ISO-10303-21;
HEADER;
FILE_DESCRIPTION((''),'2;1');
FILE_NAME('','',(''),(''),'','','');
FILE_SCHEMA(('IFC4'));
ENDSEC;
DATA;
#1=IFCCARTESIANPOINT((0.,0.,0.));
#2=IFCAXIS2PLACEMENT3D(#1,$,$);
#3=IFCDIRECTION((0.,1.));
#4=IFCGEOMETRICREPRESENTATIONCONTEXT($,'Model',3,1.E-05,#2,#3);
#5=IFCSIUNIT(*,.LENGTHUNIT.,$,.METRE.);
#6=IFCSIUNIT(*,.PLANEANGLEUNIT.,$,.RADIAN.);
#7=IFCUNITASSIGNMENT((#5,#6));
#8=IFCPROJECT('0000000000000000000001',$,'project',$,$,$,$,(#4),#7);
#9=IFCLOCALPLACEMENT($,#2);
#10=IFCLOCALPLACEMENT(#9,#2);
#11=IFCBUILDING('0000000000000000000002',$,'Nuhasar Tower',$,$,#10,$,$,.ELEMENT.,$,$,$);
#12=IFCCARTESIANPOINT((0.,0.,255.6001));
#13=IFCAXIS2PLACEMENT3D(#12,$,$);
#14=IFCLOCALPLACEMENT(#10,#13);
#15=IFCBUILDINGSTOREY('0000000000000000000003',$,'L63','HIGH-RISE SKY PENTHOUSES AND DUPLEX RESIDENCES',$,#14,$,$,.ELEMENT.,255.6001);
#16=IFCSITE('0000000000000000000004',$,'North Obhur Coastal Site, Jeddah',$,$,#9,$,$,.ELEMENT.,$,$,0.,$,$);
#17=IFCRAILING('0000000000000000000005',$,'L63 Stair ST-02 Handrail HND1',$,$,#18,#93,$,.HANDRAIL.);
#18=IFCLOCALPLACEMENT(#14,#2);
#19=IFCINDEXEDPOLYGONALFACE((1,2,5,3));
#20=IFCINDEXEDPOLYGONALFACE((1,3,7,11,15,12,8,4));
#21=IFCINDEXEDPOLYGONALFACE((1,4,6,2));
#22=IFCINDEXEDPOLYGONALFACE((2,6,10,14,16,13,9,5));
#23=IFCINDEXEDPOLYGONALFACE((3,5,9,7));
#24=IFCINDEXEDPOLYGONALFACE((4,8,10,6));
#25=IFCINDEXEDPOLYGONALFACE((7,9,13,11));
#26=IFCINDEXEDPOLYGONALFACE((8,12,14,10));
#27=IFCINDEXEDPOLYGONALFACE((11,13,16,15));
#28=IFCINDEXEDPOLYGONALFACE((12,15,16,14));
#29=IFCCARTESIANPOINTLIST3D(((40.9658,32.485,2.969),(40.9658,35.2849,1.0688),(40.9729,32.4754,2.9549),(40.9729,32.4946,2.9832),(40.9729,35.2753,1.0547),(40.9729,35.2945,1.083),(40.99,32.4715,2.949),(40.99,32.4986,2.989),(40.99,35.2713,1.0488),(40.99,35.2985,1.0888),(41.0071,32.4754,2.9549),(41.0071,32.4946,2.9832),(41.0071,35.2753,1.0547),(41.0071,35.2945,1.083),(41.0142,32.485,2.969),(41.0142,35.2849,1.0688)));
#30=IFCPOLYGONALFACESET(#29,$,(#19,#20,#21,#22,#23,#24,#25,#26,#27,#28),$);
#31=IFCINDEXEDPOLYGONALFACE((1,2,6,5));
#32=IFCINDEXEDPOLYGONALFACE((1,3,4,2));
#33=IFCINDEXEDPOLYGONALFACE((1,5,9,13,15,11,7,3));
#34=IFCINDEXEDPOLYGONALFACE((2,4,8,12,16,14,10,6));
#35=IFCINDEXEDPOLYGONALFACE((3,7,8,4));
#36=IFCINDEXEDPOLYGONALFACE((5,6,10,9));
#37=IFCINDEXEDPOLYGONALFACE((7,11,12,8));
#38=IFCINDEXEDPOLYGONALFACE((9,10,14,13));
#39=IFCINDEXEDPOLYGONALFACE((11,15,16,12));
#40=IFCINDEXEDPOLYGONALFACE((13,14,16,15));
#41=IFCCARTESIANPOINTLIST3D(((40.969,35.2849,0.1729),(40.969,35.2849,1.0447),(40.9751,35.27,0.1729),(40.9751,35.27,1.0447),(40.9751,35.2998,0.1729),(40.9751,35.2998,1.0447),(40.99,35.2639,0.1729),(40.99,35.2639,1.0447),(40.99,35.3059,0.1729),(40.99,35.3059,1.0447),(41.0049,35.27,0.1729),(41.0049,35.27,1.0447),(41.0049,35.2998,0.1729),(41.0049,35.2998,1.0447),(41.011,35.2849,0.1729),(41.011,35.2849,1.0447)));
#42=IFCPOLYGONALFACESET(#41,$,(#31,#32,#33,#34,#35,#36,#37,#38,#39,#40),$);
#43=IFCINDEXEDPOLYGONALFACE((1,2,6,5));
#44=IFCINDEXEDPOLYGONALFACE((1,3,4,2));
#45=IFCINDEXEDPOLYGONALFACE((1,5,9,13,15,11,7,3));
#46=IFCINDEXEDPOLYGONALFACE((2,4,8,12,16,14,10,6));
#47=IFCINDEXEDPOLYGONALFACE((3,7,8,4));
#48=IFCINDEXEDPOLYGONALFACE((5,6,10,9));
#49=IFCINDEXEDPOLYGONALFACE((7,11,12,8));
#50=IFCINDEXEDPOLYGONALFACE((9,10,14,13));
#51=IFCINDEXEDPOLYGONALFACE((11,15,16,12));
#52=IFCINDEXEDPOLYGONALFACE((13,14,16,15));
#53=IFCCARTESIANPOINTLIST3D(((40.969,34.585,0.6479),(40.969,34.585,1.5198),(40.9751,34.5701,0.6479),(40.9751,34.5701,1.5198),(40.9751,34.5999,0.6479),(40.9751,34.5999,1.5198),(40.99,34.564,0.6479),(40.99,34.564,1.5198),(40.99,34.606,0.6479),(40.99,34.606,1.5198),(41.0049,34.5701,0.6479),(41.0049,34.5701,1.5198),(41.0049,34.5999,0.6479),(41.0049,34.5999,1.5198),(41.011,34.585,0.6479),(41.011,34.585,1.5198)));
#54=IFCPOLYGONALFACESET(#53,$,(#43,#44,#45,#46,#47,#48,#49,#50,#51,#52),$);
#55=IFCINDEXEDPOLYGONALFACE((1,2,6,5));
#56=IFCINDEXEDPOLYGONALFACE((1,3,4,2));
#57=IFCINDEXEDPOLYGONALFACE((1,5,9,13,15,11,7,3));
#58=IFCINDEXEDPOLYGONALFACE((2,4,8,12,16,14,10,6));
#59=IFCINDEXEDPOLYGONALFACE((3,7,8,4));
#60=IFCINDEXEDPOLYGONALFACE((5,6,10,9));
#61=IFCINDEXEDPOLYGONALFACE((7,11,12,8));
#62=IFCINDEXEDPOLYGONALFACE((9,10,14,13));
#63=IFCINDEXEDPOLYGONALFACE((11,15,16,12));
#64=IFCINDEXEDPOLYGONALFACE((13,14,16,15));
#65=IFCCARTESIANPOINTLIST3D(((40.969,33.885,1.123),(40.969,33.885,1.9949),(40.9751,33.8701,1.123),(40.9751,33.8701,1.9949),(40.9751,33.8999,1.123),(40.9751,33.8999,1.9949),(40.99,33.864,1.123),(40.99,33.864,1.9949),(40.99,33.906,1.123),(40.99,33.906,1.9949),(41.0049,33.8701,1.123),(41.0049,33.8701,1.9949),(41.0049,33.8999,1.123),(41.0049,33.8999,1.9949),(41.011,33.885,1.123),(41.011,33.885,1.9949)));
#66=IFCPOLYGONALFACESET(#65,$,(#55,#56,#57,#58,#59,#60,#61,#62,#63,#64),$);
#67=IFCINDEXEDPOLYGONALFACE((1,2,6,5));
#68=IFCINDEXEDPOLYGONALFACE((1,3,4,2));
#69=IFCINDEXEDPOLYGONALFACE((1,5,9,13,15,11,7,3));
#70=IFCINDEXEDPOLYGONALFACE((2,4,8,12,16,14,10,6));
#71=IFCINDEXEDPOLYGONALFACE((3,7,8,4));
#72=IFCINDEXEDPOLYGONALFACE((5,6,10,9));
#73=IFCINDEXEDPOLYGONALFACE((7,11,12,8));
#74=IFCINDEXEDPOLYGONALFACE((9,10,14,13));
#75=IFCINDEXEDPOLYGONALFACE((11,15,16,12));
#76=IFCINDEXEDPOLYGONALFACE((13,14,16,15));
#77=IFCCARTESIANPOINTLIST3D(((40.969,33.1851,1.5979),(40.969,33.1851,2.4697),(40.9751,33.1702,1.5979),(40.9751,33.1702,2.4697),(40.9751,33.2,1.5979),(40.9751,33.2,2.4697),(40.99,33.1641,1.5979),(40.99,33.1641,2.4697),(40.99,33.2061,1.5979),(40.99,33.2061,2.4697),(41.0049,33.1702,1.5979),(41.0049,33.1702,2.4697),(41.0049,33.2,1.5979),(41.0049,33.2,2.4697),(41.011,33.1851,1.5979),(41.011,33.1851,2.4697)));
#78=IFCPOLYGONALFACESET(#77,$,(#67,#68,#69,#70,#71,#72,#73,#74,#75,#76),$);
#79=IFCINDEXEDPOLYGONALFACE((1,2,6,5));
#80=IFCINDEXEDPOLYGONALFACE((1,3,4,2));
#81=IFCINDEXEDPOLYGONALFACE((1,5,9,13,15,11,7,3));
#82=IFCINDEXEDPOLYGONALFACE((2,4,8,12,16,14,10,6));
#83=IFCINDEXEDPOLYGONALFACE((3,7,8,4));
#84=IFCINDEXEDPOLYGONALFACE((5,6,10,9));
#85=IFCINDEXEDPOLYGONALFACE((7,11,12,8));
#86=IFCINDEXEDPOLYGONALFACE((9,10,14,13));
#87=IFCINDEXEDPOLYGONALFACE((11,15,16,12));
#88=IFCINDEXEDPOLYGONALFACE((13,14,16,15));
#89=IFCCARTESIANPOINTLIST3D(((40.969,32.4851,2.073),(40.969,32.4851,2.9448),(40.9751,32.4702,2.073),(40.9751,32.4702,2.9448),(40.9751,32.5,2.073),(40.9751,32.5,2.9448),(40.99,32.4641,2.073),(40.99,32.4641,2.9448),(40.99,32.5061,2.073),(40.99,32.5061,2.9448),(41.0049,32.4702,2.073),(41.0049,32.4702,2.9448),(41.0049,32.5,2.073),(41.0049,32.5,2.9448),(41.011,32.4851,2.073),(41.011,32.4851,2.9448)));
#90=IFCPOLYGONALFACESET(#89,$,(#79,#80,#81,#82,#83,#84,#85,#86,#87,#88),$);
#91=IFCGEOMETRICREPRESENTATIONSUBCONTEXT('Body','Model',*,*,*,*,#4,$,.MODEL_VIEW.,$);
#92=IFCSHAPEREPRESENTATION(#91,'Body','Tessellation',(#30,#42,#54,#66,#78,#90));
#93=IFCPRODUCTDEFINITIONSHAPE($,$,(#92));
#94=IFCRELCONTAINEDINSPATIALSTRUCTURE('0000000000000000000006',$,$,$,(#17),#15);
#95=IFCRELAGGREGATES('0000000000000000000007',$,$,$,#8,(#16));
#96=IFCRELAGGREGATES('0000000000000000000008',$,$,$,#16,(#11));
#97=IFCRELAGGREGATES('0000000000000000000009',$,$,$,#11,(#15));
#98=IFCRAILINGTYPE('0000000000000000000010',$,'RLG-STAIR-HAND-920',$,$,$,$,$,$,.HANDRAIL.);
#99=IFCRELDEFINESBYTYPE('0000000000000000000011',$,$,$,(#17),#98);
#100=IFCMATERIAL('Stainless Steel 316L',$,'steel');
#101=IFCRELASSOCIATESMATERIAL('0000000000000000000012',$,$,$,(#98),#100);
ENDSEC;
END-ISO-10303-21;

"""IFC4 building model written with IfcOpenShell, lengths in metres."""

from ifc_helpers import new_model, si_unit, direction, frame, origin, place, context, subcontext, project, spatial, polyline, outline, extrude, material, type_object, element, save


model = new_model("IFC4")

# Units and contexts
model_context = context("Model", 3, precision=1e-05, world=origin(), true_north=direction((0.0, 1.0)))
body_context = subcontext(model_context, "Body", "Model", "MODEL_VIEW")
ifc_project = project(units=[si_unit("LENGTHUNIT", "METRE"), si_unit("PLANEANGLEUNIT", "RADIAN")], contexts=[model_context])

# Site, building, storey
site_placement = place(None, origin())
site = spatial("IfcSite", under=ifc_project, at=site_placement, Name="North Obhur Coastal Site, Jeddah", CompositionType="ELEMENT", RefElevation=0.0)
building_placement = place(site_placement, origin())
building = spatial("IfcBuilding", under=site, at=building_placement, Name="Nuhasar Tower", CompositionType="ELEMENT")
storey_placement = place(building_placement, frame((0.0, 0.0, 255.6001)))
storey = spatial("IfcBuildingStorey", under=building, at=storey_placement, Name="L63", Description="HIGH-RISE SKY PENTHOUSES AND DUPLEX RESIDENCES", CompositionType="ELEMENT", Elevation=255.6001)

# Railing
ifc_material_1 = material(Name="Stainless Steel 316L", Category="steel")
railing_type_1 = type_object("IfcRailingType", Name="RLG-STAIR-HAND-920", PredefinedType="HANDRAIL", material=ifc_material_1)
railing_1_placement = place(storey_placement, frame((40.99, 35.2849, 0.1729)))
element("IfcRailing", 1, at=railing_1_placement, inside=storey, type_object=railing_type_1, Name="L63 Stair ST-02 Handrail HND1", PredefinedType="HANDRAIL", context=body_context, shape_type="SweptSolid", body=[
    extrude(outline(polyline([(0.0242, 0.0), (0.0171, 0.0171), (0.0, 0.0242), (-0.0171, 0.0171), (-0.0242, 0.0), (-0.0171, -0.0171), (0.0, -0.0242), (0.0171, -0.0171), (0.0242, 0.0)])), frame((0.0, 0.0, 0.896), z_axis=(0.0, -0.827437, 0.561558), x_axis=(1.0, 0.0, 0.0)), (0.0, 0.0, 1.0), 3.3838),
    extrude(outline(polyline([(0.021, 0.0), (0.0149, 0.0149), (0.0, 0.021), (-0.0149, 0.0149), (-0.021, 0.0), (-0.0149, -0.0149), (0.0, -0.021), (0.0149, -0.0149), (0.021, 0.0)])), origin(), (0.0, 0.0, 1.0), 0.8718),
    extrude(outline(polyline([(0.021, 0.0), (0.0149, 0.0149), (0.0, 0.021), (-0.0149, 0.0149), (-0.021, 0.0), (-0.0149, -0.0149), (0.0, -0.021), (0.0149, -0.0149), (0.021, 0.0)])), frame((0.0, -0.7, 0.4751)), (0.0, 0.0, 1.0), 0.8718),
    extrude(outline(polyline([(0.021, 0.0), (0.0149, 0.0149), (0.0, 0.021), (-0.0149, 0.0149), (-0.021, 0.0), (-0.0149, -0.0149), (0.0, -0.021), (0.0149, -0.0149), (0.021, 0.0)])), frame((0.0, -1.3999, 0.9502)), (0.0, 0.0, 1.0), 0.8718),
    extrude(outline(polyline([(0.021, 0.0), (0.0149, 0.0149), (0.0, 0.021), (-0.0149, 0.0149), (-0.021, 0.0), (-0.0149, -0.0149), (0.0, -0.021), (0.0149, -0.0149), (0.021, 0.0)])), frame((0.0, -2.0999, 1.425)), (0.0, 0.0, 1.0), 0.8718),
    extrude(outline(polyline([(0.021, 0.0), (0.0149, 0.0149), (0.0, 0.021), (-0.0149, 0.0149), (-0.021, 0.0), (-0.0149, -0.0149), (0.0, -0.021), (0.0149, -0.0149), (0.021, 0.0)])), frame((0.0, -2.7998, 1.9001)), (0.0, 0.0, 1.0), 0.8718),
])

save(model, "model.ifc")
